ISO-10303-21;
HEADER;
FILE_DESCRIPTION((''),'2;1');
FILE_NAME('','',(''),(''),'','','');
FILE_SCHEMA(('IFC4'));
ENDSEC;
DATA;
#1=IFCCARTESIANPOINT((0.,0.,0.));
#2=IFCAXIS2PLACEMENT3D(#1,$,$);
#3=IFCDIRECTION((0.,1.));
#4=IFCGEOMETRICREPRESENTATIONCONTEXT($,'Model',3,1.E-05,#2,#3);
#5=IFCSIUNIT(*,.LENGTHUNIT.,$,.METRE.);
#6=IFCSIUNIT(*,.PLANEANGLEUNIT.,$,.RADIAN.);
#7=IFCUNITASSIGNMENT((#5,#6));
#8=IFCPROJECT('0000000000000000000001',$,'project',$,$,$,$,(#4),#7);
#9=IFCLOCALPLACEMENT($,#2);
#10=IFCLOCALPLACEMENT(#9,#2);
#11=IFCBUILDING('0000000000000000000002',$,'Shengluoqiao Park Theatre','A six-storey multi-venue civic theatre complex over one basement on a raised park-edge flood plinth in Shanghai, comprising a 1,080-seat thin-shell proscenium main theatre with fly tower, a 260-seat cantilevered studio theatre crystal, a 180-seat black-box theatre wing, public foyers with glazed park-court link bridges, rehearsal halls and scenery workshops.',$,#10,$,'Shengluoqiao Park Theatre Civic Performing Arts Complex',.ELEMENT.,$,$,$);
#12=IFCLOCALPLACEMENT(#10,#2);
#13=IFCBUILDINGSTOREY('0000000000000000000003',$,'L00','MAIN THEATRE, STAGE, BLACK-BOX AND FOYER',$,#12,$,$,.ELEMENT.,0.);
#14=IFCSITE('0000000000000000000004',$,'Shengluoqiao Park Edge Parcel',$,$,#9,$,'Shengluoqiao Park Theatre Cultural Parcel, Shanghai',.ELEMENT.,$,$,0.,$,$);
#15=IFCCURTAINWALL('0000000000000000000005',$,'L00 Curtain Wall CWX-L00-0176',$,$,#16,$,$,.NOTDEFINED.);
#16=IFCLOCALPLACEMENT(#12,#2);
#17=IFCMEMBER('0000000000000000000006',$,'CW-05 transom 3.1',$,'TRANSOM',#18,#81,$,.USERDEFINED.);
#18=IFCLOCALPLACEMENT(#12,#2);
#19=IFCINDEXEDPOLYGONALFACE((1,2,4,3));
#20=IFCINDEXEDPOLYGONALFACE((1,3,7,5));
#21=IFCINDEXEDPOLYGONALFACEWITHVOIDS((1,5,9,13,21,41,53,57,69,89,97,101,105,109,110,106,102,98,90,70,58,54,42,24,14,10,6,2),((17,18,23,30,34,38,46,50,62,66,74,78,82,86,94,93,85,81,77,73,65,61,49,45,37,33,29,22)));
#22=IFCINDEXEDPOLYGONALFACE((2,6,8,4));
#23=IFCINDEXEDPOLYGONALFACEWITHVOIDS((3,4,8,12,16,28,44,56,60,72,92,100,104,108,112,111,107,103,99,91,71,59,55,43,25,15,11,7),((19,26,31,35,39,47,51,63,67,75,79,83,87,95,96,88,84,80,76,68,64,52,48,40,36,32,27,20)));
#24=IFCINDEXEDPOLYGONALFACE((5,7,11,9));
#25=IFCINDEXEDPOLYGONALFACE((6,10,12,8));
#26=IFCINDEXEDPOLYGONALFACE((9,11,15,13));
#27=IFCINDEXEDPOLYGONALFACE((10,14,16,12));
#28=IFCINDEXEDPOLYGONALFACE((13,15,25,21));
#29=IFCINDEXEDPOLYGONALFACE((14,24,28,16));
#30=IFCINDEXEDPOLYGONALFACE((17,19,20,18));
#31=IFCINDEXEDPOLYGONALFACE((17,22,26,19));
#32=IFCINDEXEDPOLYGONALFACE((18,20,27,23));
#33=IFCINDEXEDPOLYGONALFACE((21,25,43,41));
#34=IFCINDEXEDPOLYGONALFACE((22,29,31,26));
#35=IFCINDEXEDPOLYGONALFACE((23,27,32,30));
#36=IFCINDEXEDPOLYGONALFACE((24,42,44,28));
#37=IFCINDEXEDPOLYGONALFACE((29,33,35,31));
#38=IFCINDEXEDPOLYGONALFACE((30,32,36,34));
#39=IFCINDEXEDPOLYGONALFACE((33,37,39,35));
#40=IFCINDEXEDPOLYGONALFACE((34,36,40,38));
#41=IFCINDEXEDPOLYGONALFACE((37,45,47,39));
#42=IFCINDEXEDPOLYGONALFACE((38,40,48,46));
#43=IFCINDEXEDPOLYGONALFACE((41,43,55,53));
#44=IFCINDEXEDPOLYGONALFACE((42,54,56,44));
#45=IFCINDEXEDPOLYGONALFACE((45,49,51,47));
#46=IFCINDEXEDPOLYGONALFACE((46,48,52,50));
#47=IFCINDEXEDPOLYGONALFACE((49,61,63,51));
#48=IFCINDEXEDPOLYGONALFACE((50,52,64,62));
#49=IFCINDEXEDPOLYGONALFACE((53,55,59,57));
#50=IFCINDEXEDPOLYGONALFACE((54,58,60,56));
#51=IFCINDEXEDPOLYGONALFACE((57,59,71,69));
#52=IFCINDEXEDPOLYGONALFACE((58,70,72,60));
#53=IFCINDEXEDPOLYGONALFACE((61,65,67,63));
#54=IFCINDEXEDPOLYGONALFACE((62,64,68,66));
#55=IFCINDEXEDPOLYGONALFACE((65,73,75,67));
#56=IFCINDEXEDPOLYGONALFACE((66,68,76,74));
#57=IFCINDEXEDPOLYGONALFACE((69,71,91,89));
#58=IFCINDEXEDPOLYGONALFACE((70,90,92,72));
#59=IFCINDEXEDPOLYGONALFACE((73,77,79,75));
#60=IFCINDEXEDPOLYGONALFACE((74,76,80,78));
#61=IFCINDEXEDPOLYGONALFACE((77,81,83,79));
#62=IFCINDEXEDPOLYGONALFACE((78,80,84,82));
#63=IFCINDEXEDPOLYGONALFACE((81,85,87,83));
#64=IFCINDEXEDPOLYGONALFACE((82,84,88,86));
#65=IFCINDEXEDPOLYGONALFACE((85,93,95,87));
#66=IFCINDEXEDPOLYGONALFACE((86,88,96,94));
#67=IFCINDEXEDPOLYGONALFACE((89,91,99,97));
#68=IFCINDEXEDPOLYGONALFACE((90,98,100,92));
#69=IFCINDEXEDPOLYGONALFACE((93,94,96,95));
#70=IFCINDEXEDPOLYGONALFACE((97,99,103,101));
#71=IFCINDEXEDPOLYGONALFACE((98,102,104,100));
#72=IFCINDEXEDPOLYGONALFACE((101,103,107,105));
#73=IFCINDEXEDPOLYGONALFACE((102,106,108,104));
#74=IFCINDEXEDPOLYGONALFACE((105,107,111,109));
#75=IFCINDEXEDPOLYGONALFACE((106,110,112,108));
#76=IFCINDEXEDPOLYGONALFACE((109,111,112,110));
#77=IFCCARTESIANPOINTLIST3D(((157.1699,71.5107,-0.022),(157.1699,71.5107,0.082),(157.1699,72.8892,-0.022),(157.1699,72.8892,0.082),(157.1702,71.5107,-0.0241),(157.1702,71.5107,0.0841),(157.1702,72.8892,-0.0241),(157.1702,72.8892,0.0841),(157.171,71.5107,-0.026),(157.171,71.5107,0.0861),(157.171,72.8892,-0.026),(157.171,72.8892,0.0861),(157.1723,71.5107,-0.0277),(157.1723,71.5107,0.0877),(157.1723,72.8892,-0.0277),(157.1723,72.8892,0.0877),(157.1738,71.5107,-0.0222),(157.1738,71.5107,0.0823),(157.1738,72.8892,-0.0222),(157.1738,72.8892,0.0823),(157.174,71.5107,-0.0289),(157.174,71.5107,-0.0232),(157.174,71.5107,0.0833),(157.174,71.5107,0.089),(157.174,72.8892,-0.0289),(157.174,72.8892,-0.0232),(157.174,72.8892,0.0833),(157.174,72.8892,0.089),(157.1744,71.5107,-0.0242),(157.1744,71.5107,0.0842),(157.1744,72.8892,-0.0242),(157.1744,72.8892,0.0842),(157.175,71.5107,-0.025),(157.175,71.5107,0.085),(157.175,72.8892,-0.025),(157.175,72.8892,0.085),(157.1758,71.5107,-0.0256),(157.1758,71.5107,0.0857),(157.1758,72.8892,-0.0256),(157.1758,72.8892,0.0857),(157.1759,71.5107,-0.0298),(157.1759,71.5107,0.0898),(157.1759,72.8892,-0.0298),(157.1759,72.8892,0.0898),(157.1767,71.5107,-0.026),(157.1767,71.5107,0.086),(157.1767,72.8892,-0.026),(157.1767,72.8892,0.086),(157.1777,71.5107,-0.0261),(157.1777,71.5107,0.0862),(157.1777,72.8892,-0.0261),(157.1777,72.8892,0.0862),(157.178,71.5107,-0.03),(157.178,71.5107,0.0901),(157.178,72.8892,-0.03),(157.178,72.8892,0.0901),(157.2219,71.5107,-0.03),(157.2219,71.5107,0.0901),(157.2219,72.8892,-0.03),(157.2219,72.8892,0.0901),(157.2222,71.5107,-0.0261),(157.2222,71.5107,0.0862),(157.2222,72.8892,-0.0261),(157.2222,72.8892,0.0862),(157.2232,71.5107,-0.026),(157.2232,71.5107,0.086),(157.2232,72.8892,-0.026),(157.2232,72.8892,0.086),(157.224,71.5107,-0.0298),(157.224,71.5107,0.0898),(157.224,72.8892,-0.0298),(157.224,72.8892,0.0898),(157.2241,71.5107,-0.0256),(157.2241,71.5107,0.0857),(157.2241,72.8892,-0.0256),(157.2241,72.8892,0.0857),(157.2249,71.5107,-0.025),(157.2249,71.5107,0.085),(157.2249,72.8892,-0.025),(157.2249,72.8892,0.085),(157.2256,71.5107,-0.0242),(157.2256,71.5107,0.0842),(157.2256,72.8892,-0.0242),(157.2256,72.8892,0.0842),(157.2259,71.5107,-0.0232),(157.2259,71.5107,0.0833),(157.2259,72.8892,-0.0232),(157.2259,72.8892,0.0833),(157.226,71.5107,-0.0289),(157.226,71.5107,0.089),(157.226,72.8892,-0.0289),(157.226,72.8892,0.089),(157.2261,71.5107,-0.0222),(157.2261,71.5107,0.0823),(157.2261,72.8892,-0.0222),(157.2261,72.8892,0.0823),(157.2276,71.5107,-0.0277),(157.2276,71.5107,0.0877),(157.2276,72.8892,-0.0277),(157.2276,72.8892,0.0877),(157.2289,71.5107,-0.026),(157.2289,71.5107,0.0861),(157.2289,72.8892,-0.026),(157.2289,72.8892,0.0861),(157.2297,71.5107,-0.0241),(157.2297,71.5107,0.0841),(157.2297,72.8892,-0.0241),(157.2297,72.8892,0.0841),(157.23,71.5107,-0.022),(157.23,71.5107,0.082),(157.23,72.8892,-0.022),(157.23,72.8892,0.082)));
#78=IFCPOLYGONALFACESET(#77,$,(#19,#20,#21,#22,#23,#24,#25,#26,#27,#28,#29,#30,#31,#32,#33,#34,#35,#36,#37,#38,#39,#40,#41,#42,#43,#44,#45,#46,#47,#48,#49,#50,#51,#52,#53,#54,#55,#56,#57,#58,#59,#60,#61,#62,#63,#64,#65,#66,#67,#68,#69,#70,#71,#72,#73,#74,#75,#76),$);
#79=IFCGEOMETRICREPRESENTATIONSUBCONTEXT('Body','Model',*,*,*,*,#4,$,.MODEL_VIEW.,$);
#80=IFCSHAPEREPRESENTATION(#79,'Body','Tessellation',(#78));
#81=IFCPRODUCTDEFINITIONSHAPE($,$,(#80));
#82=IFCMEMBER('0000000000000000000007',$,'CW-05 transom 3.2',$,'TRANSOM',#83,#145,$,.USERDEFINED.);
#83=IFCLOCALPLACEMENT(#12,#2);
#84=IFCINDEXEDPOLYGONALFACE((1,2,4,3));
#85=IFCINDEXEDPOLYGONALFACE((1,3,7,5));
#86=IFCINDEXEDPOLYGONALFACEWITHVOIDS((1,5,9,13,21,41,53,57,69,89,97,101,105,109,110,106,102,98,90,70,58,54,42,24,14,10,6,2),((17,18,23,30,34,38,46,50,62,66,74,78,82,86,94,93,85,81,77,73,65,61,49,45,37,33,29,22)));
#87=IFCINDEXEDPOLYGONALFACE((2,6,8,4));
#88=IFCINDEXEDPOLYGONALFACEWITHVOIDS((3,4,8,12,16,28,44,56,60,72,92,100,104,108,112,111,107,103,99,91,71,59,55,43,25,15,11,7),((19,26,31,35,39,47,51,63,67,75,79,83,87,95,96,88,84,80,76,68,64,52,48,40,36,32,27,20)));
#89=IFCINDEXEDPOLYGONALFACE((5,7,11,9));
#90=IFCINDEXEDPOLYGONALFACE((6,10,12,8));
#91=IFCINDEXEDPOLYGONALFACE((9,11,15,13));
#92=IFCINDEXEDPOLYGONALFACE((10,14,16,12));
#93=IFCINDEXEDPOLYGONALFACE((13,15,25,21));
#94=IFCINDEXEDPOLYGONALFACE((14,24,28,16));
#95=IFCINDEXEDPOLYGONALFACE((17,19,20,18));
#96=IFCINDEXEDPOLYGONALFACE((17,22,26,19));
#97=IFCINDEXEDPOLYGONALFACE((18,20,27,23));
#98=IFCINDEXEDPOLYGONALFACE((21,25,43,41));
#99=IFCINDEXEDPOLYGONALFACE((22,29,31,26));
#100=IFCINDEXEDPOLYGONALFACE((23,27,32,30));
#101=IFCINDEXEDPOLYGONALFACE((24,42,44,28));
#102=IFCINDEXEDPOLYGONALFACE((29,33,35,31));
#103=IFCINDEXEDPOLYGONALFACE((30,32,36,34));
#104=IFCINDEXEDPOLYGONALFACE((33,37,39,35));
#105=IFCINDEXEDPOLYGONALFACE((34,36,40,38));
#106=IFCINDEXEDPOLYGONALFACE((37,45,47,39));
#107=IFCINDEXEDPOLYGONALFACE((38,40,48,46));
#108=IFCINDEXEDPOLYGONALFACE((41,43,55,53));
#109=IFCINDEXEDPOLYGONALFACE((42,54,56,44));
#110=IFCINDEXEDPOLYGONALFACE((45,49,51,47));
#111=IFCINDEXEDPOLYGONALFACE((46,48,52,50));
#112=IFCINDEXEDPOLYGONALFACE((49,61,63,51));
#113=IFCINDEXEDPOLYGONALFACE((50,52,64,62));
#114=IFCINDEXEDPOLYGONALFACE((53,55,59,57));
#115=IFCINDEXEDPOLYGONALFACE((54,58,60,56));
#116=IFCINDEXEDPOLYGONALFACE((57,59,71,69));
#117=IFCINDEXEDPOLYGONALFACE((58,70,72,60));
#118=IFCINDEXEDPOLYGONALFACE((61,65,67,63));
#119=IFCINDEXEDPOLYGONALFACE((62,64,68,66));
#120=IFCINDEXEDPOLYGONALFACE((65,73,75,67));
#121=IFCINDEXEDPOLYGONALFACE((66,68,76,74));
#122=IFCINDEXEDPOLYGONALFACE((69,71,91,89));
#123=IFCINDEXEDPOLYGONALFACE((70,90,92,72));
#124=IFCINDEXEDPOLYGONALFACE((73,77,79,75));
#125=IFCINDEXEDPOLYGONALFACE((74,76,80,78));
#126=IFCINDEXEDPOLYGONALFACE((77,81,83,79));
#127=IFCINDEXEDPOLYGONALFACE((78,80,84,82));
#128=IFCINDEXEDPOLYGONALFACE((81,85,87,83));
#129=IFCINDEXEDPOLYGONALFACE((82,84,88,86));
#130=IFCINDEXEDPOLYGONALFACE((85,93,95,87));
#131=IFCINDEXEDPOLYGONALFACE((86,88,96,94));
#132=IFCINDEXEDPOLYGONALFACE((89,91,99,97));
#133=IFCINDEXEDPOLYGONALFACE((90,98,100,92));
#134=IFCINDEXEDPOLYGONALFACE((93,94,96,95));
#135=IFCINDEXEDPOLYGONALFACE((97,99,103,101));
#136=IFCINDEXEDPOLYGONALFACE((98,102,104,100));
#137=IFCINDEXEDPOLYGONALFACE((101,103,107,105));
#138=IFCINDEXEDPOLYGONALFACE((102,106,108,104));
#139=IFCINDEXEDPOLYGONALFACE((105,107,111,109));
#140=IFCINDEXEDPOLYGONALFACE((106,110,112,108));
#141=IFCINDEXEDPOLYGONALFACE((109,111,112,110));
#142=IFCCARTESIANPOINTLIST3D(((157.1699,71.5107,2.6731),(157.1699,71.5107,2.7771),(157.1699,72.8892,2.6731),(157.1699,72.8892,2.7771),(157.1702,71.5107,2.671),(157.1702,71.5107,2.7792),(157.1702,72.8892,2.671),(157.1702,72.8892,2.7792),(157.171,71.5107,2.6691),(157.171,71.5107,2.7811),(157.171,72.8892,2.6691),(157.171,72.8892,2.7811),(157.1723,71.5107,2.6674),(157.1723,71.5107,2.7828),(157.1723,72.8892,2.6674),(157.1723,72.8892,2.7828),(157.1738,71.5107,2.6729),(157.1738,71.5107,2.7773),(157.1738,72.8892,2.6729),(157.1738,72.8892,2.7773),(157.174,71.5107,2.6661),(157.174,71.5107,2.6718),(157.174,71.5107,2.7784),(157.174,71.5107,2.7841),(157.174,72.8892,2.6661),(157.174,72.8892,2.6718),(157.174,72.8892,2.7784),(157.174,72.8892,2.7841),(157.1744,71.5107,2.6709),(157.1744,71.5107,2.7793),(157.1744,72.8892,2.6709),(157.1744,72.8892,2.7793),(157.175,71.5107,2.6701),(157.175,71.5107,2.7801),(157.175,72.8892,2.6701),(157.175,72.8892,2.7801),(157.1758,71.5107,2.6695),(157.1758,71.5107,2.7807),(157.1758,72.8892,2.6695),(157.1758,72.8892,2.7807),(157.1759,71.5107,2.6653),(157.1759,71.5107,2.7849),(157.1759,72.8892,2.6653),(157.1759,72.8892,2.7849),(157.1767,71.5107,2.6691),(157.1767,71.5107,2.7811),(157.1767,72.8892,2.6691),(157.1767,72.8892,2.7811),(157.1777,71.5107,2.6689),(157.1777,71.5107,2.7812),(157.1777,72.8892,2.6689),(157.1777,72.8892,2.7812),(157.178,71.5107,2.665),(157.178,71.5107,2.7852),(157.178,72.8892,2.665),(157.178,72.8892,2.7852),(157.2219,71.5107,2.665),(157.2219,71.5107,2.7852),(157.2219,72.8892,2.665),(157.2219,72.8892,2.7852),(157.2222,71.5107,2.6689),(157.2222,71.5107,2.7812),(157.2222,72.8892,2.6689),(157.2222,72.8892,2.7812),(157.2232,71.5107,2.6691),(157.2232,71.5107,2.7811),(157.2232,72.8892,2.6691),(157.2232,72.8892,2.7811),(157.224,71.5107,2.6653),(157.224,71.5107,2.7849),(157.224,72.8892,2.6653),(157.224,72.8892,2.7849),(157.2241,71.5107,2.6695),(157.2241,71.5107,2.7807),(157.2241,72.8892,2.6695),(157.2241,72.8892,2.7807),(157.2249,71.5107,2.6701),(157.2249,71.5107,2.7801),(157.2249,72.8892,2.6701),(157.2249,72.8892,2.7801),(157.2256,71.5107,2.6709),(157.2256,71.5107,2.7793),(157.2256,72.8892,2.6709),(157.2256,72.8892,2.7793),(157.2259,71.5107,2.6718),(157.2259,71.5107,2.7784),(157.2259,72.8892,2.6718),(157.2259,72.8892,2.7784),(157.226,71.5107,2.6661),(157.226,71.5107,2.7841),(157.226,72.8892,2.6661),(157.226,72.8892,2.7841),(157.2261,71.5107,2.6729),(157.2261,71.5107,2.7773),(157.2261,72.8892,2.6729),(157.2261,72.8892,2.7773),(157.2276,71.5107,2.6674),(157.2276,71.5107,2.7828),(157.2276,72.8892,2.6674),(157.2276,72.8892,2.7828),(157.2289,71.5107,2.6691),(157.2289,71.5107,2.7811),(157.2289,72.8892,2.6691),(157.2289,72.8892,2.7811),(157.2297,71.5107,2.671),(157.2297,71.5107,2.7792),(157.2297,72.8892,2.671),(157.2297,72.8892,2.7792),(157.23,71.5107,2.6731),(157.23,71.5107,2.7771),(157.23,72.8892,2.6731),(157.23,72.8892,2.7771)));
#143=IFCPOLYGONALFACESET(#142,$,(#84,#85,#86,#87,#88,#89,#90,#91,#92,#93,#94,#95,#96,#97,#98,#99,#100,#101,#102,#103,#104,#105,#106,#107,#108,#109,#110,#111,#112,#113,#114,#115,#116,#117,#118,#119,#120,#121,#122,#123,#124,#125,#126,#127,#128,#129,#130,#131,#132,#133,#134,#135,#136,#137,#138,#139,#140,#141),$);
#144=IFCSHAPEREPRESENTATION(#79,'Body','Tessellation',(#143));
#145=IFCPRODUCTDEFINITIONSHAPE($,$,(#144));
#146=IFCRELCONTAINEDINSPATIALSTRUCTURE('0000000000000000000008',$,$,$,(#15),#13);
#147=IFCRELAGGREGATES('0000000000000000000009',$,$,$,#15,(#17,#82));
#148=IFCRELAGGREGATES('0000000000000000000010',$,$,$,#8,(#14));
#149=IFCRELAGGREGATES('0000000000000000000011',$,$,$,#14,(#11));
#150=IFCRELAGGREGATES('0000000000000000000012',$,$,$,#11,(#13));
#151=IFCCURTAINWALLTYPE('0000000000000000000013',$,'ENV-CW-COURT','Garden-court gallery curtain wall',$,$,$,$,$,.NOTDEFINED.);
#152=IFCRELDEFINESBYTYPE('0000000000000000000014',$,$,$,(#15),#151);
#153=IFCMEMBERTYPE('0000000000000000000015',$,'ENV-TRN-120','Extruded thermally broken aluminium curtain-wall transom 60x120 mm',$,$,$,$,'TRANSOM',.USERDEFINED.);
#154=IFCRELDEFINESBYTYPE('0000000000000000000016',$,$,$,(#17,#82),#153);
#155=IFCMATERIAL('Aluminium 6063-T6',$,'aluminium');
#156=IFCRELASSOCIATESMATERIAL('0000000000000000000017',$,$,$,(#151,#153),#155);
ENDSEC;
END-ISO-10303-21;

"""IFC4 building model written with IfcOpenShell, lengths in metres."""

from ifc_helpers import new_model, si_unit, direction, frame, origin, origin_2d, place, context, subcontext, project, spatial, hollow_rectangle, extrude, material, material_profile, profile_set, type_object, element, aggregate, save


model = new_model("IFC4")

# Units and contexts
model_context = context("Model", 3, precision=1e-05, world=origin(), true_north=direction((0.0, 1.0)))
body_context = subcontext(model_context, "Body", "Model", "MODEL_VIEW")
ifc_project = project(units=[si_unit("LENGTHUNIT", "METRE"), si_unit("PLANEANGLEUNIT", "RADIAN")], contexts=[model_context])

# Site, building, storey
site_placement = place(None, origin())
site = spatial("IfcSite", under=ifc_project, at=site_placement, Name="Shengluoqiao Park Edge Parcel", LongName="Shengluoqiao Park Theatre Cultural Parcel, Shanghai", CompositionType="ELEMENT", RefElevation=0.0)
building_placement = place(site_placement, origin())
building = spatial("IfcBuilding", under=site, at=building_placement, Name="Shengluoqiao Park Theatre", Description="A six-storey multi-venue civic theatre complex over one basement on a raised park-edge flood plinth in Shanghai, comprising a 1,080-seat thin-shell proscenium main theatre with fly tower, a 260-seat cantilevered studio theatre crystal, a 180-seat black-box theatre wing, public foyers with glazed park-court link bridges, rehearsal halls and scenery workshops.", LongName="Shengluoqiao Park Theatre Civic Performing Arts Complex", CompositionType="ELEMENT")
storey_placement = place(building_placement, origin())
storey = spatial("IfcBuildingStorey", under=building, at=storey_placement, Name="L00", Description="MAIN THEATRE, STAGE, BLACK-BOX AND FOYER", CompositionType="ELEMENT", Elevation=0.0)

# Curtain wall, members
ifc_material_1 = material(Name="Aluminium 6063-T6", Category="aluminium")
curtain_wall_type = type_object("IfcCurtainWallType", Name="ENV-CW-COURT", Description="Garden-court gallery curtain wall", PredefinedType="NOTDEFINED", material=ifc_material_1)
curtain_wall_placement = place(storey_placement, origin())
curtain_wall = element("IfcCurtainWall", 1, at=curtain_wall_placement, inside=storey, type_object=curtain_wall_type, Name="L00 Curtain Wall CWX-L00-0176", PredefinedType="NOTDEFINED")
ifc_material_profile_1 = material_profile(ifc_material_1, hollow_rectangle(XDim=0.0601, YDim=0.1201, WallThickness=0.0039, InnerFilletRadius=0.0039, OuterFilletRadius=0.0081, at=origin_2d()), Name="ALU TRANSOM 120x60x4")
ifc_profile_set_1 = profile_set([ifc_material_profile_1], Name="Aluminium 6063-T6")
member_type_1 = type_object("IfcMemberType", Name="ENV-TRN-120", Description="Extruded thermally broken aluminium curtain-wall transom 60x120 mm", ElementType="TRANSOM", PredefinedType="USERDEFINED", material=ifc_profile_set_1)
member_1_placement = place(storey_placement, frame((157.2, 71.5107, 0.03), z_axis=(0.0, 1.0, 0.0), x_axis=(-1.0, 0.0, 0.0)))
member_1 = element("IfcMember", 2, at=member_1_placement, type_object=member_type_1, Name="CW-05 transom 3.1", ObjectType="TRANSOM", PredefinedType="USERDEFINED", context=body_context, shape_type="SweptSolid", body=[
    extrude(hollow_rectangle(XDim=0.0601, YDim=0.1201, WallThickness=0.0039, InnerFilletRadius=0.0039, OuterFilletRadius=0.0081, at=origin_2d()), origin(), (0.0, 0.0, 1.0), 1.3784),
])
member_2_placement = place(storey_placement, frame((157.2, 71.5107, 2.7251), z_axis=(0.0, 1.0, 0.0), x_axis=(-1.0, 0.0, 0.0)))
member_2 = element("IfcMember", 3, at=member_2_placement, type_object=member_type_1, Name="CW-05 transom 3.2", ObjectType="TRANSOM", PredefinedType="USERDEFINED", context=body_context, shape_type="SweptSolid", body=[
    extrude(hollow_rectangle(XDim=0.0601, YDim=0.1201, WallThickness=0.0039, InnerFilletRadius=0.0039, OuterFilletRadius=0.0081, at=origin_2d()), origin(), (0.0, 0.0, 1.0), 1.3784),
])
aggregate(curtain_wall, [member_1, member_2])

save(model, "model.ifc")
